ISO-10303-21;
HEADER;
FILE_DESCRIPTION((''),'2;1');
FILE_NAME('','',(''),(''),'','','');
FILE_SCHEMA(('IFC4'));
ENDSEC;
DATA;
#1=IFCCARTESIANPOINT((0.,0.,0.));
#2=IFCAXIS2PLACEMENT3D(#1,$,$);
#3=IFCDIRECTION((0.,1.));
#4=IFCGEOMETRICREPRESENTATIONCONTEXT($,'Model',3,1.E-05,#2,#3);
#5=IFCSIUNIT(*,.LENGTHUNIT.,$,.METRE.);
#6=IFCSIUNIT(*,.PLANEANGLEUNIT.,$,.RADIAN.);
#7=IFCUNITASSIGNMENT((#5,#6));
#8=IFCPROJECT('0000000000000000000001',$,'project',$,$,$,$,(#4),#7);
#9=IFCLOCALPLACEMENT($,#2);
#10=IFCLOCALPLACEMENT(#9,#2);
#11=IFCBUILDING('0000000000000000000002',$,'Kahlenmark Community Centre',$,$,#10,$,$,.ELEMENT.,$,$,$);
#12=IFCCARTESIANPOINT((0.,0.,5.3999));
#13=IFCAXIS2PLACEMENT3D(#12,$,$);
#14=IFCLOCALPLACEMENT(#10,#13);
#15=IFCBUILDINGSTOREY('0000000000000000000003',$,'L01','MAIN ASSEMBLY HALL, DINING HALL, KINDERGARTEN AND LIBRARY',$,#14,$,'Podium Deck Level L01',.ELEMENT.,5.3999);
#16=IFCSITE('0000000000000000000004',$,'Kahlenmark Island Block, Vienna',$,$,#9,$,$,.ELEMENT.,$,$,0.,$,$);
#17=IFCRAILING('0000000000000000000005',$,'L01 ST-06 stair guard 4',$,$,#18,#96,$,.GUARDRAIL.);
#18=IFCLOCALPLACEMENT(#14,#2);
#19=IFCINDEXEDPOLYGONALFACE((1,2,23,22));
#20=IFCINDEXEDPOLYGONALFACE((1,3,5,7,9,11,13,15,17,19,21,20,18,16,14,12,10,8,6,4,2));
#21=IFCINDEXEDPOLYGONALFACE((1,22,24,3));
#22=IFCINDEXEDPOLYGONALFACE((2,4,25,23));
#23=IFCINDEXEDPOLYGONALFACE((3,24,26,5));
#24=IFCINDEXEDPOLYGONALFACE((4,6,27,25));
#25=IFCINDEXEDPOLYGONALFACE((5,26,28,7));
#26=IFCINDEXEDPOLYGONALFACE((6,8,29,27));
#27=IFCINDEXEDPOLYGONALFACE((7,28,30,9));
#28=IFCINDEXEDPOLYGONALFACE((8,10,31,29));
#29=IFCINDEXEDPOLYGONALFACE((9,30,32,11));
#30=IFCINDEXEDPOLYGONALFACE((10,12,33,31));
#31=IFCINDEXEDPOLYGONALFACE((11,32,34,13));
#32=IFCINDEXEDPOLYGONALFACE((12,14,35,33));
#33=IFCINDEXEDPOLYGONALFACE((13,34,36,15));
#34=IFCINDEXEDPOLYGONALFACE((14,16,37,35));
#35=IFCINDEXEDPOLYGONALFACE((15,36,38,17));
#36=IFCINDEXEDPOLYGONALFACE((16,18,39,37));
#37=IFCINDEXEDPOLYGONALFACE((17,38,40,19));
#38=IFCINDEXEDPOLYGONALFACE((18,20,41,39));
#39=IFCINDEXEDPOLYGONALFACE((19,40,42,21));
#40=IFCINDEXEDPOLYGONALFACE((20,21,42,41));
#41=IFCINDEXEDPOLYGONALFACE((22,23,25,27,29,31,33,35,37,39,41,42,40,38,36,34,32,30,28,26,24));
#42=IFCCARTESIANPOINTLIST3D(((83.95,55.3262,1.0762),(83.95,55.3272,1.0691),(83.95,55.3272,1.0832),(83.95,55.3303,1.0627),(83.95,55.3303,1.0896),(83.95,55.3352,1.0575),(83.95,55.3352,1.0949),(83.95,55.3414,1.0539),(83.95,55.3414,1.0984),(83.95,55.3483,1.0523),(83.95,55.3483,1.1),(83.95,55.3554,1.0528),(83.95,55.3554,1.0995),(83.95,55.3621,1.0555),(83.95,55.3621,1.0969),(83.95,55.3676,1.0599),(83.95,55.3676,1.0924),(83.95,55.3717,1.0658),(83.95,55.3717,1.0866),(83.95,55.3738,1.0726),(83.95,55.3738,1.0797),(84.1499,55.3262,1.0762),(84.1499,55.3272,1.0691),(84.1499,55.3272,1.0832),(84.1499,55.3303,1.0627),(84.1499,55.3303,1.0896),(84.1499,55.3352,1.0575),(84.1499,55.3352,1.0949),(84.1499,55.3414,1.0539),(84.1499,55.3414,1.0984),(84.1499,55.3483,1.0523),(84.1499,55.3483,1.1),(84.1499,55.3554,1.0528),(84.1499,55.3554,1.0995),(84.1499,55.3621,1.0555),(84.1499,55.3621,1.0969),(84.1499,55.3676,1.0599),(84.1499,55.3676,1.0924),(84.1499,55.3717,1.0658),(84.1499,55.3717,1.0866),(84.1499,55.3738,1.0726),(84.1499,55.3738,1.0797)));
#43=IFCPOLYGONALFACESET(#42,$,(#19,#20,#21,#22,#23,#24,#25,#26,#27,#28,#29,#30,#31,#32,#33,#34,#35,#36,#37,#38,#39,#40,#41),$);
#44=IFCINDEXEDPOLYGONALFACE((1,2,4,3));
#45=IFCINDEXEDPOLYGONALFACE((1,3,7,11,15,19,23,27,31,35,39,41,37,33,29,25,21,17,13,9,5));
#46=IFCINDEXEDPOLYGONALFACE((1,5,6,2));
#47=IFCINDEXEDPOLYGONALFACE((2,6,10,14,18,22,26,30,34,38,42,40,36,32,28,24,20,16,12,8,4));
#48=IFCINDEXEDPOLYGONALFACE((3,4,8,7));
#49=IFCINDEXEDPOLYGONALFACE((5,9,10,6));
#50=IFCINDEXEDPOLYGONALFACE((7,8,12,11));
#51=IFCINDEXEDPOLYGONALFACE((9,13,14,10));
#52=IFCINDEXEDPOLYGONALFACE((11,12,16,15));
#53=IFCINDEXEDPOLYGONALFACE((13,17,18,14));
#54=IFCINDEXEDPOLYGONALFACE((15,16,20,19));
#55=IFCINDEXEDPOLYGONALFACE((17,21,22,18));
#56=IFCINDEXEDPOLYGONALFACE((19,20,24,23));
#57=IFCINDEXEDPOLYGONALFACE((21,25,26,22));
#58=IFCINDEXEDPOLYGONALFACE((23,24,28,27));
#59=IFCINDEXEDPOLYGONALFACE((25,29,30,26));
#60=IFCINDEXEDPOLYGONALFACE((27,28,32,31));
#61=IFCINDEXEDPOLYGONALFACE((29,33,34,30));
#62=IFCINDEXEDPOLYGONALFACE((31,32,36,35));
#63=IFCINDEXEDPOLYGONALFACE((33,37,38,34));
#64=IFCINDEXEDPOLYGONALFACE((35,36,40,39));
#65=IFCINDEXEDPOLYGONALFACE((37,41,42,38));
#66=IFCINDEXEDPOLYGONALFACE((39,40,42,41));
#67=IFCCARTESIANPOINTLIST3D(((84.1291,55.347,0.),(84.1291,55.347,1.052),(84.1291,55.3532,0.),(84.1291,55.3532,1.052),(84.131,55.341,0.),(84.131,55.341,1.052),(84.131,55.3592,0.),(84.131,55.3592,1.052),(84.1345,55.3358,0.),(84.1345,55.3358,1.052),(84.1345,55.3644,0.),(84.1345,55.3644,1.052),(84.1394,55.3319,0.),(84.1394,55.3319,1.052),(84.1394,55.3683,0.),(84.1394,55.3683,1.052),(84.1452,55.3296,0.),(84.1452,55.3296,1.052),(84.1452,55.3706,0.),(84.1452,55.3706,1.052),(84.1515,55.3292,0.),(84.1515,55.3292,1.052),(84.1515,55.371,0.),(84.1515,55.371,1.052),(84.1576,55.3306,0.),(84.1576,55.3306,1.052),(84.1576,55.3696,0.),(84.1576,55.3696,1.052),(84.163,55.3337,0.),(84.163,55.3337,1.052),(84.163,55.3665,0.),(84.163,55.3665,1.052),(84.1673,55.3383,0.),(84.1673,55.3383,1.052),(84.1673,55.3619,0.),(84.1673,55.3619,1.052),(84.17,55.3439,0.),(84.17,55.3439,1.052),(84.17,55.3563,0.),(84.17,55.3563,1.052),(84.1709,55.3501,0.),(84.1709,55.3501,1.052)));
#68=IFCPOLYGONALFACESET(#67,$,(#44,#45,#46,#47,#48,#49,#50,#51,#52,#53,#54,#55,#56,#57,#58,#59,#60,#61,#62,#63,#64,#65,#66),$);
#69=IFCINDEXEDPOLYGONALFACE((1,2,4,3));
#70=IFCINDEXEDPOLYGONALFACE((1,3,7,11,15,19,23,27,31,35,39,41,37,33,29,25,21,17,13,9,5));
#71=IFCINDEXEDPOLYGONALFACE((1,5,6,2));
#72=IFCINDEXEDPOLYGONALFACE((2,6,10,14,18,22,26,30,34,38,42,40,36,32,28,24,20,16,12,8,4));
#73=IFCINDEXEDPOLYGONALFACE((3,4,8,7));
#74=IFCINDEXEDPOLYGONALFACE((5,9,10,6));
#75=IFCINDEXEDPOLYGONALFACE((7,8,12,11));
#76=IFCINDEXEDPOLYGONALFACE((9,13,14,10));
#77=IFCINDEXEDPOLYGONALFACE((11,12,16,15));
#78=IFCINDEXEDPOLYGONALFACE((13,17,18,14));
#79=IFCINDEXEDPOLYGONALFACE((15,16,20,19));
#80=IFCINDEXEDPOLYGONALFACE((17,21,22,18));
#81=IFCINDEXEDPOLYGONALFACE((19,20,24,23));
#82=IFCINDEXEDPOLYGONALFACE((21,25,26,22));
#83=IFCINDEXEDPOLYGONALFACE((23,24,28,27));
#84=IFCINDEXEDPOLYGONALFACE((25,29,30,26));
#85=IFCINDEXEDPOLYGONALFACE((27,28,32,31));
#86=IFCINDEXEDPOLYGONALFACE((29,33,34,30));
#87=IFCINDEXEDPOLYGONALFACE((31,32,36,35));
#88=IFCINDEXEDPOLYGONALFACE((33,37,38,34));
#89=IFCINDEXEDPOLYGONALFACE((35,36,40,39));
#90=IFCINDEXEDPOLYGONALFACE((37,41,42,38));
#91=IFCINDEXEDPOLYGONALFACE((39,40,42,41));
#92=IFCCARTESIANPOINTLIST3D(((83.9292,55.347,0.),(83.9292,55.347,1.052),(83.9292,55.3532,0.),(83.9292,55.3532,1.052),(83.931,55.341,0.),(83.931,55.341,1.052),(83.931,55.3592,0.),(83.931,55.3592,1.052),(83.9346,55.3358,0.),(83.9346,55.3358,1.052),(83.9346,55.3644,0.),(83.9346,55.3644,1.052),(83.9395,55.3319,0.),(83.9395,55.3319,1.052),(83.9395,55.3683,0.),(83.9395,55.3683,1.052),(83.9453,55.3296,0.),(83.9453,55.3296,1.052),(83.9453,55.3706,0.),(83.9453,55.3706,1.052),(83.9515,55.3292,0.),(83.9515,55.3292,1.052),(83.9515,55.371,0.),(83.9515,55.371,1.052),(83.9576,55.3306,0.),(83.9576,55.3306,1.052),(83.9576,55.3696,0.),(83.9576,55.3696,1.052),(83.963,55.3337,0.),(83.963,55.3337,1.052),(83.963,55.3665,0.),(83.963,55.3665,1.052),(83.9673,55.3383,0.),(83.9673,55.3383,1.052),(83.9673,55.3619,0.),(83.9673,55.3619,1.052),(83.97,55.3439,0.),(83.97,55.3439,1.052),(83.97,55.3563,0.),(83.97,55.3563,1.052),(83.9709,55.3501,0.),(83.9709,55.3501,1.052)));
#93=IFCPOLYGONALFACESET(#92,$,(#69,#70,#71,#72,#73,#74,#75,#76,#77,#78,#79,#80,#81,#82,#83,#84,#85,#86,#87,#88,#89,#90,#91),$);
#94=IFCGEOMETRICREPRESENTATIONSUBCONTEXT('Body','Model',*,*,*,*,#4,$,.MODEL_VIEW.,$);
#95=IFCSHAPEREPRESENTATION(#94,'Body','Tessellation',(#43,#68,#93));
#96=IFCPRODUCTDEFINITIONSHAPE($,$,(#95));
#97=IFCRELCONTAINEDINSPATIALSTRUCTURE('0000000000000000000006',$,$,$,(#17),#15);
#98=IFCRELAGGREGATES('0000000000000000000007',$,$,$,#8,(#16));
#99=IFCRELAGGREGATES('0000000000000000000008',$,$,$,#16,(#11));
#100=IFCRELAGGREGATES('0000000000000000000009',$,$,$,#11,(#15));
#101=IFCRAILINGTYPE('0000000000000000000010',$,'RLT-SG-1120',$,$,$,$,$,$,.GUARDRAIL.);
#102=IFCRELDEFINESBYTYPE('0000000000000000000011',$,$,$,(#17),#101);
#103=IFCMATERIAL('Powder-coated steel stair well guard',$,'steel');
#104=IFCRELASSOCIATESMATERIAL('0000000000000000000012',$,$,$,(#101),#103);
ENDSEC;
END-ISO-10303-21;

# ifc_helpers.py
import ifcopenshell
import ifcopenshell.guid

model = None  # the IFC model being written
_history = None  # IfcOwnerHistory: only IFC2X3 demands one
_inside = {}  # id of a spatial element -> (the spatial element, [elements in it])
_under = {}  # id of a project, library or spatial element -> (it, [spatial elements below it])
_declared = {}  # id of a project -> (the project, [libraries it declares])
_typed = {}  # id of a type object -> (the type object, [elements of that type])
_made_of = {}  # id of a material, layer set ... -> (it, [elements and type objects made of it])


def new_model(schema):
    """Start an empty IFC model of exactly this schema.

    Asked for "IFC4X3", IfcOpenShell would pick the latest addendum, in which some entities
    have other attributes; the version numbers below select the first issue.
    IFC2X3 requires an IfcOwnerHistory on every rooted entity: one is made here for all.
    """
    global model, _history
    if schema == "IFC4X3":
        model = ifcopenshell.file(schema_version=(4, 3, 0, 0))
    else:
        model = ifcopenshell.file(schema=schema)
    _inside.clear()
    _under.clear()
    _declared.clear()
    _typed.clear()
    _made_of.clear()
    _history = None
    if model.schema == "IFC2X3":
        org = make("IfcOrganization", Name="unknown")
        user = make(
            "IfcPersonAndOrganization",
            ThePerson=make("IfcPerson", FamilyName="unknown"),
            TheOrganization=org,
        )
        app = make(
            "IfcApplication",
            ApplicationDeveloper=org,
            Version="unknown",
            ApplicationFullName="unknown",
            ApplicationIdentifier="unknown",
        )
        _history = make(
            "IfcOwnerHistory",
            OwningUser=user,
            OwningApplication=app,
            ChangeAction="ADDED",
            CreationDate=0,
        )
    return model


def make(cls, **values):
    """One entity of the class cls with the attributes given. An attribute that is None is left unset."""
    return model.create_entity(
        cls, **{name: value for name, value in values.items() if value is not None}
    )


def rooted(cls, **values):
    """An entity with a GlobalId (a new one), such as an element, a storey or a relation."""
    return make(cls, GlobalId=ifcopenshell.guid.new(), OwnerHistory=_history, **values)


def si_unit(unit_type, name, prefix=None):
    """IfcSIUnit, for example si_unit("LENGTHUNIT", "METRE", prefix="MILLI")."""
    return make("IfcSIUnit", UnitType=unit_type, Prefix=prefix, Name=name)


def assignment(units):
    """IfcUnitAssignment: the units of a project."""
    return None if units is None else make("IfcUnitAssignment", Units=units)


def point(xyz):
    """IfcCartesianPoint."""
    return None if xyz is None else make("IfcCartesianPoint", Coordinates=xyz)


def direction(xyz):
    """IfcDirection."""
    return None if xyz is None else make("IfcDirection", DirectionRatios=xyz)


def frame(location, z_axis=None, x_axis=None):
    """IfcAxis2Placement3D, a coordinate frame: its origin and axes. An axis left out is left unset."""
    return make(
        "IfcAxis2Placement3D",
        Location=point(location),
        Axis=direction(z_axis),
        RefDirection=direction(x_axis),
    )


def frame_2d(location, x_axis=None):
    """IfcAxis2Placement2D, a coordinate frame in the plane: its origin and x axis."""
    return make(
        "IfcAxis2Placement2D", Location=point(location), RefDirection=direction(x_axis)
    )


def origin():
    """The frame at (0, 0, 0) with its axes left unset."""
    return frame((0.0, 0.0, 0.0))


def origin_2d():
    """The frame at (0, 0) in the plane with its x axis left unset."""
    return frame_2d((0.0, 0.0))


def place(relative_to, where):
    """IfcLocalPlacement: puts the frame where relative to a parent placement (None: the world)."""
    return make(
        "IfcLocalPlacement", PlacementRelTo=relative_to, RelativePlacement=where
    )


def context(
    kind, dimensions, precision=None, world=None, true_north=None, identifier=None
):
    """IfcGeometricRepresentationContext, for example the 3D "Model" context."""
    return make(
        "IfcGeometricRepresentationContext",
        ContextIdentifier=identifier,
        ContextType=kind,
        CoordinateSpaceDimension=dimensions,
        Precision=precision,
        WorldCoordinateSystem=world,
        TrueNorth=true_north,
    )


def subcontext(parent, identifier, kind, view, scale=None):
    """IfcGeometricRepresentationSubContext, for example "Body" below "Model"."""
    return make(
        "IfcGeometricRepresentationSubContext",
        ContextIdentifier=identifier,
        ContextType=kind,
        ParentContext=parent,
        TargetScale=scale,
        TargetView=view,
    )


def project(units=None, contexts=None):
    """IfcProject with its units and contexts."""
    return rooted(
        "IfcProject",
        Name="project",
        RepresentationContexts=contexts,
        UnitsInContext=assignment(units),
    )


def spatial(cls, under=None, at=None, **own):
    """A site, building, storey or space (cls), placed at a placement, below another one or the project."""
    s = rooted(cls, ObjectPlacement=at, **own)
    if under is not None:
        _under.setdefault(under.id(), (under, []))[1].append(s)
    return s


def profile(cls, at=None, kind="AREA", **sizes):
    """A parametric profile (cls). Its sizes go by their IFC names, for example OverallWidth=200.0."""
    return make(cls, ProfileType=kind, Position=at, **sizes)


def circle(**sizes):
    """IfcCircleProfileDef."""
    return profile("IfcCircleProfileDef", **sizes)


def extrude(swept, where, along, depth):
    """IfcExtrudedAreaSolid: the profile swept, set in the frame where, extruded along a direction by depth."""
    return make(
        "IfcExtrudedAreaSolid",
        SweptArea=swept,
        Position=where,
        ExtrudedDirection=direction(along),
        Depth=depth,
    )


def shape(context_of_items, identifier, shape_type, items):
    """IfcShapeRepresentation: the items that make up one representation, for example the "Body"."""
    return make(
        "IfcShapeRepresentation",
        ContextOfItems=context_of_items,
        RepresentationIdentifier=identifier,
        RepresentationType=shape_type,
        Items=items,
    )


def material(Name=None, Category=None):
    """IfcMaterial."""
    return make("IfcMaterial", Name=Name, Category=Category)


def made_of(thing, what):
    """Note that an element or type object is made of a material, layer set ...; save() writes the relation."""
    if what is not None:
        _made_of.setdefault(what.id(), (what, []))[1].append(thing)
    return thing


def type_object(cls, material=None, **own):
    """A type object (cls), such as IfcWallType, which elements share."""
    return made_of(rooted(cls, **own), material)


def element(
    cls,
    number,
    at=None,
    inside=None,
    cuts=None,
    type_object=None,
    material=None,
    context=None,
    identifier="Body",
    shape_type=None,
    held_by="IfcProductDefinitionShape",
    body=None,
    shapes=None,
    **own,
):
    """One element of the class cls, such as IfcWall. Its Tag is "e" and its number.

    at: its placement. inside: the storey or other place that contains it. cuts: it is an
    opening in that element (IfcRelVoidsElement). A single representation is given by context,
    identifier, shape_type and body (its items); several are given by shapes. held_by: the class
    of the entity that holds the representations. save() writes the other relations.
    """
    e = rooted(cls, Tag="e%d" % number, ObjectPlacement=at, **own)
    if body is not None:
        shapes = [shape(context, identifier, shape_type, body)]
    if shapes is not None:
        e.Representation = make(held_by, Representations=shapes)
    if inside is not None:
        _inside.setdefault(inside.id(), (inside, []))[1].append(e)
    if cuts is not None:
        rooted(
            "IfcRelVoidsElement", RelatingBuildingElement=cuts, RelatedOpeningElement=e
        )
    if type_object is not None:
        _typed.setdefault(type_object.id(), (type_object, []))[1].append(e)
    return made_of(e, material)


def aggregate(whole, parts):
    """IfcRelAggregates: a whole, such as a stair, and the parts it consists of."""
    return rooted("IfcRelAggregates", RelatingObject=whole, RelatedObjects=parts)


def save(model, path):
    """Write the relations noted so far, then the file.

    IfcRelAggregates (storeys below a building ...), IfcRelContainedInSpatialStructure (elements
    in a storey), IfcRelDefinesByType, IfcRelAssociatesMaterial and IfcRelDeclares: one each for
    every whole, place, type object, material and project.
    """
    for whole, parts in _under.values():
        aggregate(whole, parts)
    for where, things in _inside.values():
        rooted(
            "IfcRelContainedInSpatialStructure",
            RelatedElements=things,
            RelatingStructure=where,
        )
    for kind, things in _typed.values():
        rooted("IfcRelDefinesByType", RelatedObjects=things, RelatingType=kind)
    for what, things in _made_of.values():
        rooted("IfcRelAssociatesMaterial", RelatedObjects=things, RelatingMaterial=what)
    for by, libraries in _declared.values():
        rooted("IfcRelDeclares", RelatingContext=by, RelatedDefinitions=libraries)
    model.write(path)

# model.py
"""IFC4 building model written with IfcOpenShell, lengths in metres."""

from ifc_helpers import new_model, si_unit, direction, frame, origin, origin_2d, place, context, subcontext, project, spatial, circle, extrude, material, type_object, element, save


model = new_model("IFC4")

# Units and contexts
model_context = context("Model", 3, precision=1e-05, world=origin(), true_north=direction((0.0, 1.0)))
body_context = subcontext(model_context, "Body", "Model", "MODEL_VIEW")
ifc_project = project(units=[si_unit("LENGTHUNIT", "METRE"), si_unit("PLANEANGLEUNIT", "RADIAN")], contexts=[model_context])

# Site, building, storey
site_placement = place(None, origin())
site = spatial("IfcSite", under=ifc_project, at=site_placement, Name="Kahlenmark Island Block, Vienna", CompositionType="ELEMENT", RefElevation=0.0)
building_placement = place(site_placement, origin())
building = spatial("IfcBuilding", under=site, at=building_placement, Name="Kahlenmark Community Centre", CompositionType="ELEMENT")
storey_placement = place(building_placement, frame((0.0, 0.0, 5.3999)))
storey = spatial("IfcBuildingStorey", under=building, at=storey_placement, Name="L01", Description="MAIN ASSEMBLY HALL, DINING HALL, KINDERGARTEN AND LIBRARY", LongName="Podium Deck Level L01", CompositionType="ELEMENT", Elevation=5.3999)

# Railing
ifc_material_1 = material(Name="Powder-coated steel stair well guard", Category="steel")
railing_type_1 = type_object("IfcRailingType", Name="RLT-SG-1120", PredefinedType="GUARDRAIL", material=ifc_material_1)
railing_1_placement = place(storey_placement, frame((84.1499, 55.3501, 0.0)))
element("IfcRailing", 1, at=railing_1_placement, inside=storey, type_object=railing_type_1, Name="L01 ST-06 stair guard 4", PredefinedType="GUARDRAIL", context=body_context, shape_type="SweptSolid", body=[
    extrude(circle(Radius=0.0239, at=origin_2d()), frame((0.0, 0.0, 1.0762), z_axis=(-1.0, 0.0, 0.0), x_axis=(0.0, -1.0, 0.0)), (0.0, 0.0, 1.0), 0.2),
    extrude(circle(Radius=0.021, at=origin_2d()), origin(), (0.0, 0.0, 1.0), 1.052),
    extrude(circle(Radius=0.021, at=origin_2d()), frame((-0.2, 0.0, 0.0)), (0.0, 0.0, 1.0), 1.052),
])

save(model, "model.ifc")
